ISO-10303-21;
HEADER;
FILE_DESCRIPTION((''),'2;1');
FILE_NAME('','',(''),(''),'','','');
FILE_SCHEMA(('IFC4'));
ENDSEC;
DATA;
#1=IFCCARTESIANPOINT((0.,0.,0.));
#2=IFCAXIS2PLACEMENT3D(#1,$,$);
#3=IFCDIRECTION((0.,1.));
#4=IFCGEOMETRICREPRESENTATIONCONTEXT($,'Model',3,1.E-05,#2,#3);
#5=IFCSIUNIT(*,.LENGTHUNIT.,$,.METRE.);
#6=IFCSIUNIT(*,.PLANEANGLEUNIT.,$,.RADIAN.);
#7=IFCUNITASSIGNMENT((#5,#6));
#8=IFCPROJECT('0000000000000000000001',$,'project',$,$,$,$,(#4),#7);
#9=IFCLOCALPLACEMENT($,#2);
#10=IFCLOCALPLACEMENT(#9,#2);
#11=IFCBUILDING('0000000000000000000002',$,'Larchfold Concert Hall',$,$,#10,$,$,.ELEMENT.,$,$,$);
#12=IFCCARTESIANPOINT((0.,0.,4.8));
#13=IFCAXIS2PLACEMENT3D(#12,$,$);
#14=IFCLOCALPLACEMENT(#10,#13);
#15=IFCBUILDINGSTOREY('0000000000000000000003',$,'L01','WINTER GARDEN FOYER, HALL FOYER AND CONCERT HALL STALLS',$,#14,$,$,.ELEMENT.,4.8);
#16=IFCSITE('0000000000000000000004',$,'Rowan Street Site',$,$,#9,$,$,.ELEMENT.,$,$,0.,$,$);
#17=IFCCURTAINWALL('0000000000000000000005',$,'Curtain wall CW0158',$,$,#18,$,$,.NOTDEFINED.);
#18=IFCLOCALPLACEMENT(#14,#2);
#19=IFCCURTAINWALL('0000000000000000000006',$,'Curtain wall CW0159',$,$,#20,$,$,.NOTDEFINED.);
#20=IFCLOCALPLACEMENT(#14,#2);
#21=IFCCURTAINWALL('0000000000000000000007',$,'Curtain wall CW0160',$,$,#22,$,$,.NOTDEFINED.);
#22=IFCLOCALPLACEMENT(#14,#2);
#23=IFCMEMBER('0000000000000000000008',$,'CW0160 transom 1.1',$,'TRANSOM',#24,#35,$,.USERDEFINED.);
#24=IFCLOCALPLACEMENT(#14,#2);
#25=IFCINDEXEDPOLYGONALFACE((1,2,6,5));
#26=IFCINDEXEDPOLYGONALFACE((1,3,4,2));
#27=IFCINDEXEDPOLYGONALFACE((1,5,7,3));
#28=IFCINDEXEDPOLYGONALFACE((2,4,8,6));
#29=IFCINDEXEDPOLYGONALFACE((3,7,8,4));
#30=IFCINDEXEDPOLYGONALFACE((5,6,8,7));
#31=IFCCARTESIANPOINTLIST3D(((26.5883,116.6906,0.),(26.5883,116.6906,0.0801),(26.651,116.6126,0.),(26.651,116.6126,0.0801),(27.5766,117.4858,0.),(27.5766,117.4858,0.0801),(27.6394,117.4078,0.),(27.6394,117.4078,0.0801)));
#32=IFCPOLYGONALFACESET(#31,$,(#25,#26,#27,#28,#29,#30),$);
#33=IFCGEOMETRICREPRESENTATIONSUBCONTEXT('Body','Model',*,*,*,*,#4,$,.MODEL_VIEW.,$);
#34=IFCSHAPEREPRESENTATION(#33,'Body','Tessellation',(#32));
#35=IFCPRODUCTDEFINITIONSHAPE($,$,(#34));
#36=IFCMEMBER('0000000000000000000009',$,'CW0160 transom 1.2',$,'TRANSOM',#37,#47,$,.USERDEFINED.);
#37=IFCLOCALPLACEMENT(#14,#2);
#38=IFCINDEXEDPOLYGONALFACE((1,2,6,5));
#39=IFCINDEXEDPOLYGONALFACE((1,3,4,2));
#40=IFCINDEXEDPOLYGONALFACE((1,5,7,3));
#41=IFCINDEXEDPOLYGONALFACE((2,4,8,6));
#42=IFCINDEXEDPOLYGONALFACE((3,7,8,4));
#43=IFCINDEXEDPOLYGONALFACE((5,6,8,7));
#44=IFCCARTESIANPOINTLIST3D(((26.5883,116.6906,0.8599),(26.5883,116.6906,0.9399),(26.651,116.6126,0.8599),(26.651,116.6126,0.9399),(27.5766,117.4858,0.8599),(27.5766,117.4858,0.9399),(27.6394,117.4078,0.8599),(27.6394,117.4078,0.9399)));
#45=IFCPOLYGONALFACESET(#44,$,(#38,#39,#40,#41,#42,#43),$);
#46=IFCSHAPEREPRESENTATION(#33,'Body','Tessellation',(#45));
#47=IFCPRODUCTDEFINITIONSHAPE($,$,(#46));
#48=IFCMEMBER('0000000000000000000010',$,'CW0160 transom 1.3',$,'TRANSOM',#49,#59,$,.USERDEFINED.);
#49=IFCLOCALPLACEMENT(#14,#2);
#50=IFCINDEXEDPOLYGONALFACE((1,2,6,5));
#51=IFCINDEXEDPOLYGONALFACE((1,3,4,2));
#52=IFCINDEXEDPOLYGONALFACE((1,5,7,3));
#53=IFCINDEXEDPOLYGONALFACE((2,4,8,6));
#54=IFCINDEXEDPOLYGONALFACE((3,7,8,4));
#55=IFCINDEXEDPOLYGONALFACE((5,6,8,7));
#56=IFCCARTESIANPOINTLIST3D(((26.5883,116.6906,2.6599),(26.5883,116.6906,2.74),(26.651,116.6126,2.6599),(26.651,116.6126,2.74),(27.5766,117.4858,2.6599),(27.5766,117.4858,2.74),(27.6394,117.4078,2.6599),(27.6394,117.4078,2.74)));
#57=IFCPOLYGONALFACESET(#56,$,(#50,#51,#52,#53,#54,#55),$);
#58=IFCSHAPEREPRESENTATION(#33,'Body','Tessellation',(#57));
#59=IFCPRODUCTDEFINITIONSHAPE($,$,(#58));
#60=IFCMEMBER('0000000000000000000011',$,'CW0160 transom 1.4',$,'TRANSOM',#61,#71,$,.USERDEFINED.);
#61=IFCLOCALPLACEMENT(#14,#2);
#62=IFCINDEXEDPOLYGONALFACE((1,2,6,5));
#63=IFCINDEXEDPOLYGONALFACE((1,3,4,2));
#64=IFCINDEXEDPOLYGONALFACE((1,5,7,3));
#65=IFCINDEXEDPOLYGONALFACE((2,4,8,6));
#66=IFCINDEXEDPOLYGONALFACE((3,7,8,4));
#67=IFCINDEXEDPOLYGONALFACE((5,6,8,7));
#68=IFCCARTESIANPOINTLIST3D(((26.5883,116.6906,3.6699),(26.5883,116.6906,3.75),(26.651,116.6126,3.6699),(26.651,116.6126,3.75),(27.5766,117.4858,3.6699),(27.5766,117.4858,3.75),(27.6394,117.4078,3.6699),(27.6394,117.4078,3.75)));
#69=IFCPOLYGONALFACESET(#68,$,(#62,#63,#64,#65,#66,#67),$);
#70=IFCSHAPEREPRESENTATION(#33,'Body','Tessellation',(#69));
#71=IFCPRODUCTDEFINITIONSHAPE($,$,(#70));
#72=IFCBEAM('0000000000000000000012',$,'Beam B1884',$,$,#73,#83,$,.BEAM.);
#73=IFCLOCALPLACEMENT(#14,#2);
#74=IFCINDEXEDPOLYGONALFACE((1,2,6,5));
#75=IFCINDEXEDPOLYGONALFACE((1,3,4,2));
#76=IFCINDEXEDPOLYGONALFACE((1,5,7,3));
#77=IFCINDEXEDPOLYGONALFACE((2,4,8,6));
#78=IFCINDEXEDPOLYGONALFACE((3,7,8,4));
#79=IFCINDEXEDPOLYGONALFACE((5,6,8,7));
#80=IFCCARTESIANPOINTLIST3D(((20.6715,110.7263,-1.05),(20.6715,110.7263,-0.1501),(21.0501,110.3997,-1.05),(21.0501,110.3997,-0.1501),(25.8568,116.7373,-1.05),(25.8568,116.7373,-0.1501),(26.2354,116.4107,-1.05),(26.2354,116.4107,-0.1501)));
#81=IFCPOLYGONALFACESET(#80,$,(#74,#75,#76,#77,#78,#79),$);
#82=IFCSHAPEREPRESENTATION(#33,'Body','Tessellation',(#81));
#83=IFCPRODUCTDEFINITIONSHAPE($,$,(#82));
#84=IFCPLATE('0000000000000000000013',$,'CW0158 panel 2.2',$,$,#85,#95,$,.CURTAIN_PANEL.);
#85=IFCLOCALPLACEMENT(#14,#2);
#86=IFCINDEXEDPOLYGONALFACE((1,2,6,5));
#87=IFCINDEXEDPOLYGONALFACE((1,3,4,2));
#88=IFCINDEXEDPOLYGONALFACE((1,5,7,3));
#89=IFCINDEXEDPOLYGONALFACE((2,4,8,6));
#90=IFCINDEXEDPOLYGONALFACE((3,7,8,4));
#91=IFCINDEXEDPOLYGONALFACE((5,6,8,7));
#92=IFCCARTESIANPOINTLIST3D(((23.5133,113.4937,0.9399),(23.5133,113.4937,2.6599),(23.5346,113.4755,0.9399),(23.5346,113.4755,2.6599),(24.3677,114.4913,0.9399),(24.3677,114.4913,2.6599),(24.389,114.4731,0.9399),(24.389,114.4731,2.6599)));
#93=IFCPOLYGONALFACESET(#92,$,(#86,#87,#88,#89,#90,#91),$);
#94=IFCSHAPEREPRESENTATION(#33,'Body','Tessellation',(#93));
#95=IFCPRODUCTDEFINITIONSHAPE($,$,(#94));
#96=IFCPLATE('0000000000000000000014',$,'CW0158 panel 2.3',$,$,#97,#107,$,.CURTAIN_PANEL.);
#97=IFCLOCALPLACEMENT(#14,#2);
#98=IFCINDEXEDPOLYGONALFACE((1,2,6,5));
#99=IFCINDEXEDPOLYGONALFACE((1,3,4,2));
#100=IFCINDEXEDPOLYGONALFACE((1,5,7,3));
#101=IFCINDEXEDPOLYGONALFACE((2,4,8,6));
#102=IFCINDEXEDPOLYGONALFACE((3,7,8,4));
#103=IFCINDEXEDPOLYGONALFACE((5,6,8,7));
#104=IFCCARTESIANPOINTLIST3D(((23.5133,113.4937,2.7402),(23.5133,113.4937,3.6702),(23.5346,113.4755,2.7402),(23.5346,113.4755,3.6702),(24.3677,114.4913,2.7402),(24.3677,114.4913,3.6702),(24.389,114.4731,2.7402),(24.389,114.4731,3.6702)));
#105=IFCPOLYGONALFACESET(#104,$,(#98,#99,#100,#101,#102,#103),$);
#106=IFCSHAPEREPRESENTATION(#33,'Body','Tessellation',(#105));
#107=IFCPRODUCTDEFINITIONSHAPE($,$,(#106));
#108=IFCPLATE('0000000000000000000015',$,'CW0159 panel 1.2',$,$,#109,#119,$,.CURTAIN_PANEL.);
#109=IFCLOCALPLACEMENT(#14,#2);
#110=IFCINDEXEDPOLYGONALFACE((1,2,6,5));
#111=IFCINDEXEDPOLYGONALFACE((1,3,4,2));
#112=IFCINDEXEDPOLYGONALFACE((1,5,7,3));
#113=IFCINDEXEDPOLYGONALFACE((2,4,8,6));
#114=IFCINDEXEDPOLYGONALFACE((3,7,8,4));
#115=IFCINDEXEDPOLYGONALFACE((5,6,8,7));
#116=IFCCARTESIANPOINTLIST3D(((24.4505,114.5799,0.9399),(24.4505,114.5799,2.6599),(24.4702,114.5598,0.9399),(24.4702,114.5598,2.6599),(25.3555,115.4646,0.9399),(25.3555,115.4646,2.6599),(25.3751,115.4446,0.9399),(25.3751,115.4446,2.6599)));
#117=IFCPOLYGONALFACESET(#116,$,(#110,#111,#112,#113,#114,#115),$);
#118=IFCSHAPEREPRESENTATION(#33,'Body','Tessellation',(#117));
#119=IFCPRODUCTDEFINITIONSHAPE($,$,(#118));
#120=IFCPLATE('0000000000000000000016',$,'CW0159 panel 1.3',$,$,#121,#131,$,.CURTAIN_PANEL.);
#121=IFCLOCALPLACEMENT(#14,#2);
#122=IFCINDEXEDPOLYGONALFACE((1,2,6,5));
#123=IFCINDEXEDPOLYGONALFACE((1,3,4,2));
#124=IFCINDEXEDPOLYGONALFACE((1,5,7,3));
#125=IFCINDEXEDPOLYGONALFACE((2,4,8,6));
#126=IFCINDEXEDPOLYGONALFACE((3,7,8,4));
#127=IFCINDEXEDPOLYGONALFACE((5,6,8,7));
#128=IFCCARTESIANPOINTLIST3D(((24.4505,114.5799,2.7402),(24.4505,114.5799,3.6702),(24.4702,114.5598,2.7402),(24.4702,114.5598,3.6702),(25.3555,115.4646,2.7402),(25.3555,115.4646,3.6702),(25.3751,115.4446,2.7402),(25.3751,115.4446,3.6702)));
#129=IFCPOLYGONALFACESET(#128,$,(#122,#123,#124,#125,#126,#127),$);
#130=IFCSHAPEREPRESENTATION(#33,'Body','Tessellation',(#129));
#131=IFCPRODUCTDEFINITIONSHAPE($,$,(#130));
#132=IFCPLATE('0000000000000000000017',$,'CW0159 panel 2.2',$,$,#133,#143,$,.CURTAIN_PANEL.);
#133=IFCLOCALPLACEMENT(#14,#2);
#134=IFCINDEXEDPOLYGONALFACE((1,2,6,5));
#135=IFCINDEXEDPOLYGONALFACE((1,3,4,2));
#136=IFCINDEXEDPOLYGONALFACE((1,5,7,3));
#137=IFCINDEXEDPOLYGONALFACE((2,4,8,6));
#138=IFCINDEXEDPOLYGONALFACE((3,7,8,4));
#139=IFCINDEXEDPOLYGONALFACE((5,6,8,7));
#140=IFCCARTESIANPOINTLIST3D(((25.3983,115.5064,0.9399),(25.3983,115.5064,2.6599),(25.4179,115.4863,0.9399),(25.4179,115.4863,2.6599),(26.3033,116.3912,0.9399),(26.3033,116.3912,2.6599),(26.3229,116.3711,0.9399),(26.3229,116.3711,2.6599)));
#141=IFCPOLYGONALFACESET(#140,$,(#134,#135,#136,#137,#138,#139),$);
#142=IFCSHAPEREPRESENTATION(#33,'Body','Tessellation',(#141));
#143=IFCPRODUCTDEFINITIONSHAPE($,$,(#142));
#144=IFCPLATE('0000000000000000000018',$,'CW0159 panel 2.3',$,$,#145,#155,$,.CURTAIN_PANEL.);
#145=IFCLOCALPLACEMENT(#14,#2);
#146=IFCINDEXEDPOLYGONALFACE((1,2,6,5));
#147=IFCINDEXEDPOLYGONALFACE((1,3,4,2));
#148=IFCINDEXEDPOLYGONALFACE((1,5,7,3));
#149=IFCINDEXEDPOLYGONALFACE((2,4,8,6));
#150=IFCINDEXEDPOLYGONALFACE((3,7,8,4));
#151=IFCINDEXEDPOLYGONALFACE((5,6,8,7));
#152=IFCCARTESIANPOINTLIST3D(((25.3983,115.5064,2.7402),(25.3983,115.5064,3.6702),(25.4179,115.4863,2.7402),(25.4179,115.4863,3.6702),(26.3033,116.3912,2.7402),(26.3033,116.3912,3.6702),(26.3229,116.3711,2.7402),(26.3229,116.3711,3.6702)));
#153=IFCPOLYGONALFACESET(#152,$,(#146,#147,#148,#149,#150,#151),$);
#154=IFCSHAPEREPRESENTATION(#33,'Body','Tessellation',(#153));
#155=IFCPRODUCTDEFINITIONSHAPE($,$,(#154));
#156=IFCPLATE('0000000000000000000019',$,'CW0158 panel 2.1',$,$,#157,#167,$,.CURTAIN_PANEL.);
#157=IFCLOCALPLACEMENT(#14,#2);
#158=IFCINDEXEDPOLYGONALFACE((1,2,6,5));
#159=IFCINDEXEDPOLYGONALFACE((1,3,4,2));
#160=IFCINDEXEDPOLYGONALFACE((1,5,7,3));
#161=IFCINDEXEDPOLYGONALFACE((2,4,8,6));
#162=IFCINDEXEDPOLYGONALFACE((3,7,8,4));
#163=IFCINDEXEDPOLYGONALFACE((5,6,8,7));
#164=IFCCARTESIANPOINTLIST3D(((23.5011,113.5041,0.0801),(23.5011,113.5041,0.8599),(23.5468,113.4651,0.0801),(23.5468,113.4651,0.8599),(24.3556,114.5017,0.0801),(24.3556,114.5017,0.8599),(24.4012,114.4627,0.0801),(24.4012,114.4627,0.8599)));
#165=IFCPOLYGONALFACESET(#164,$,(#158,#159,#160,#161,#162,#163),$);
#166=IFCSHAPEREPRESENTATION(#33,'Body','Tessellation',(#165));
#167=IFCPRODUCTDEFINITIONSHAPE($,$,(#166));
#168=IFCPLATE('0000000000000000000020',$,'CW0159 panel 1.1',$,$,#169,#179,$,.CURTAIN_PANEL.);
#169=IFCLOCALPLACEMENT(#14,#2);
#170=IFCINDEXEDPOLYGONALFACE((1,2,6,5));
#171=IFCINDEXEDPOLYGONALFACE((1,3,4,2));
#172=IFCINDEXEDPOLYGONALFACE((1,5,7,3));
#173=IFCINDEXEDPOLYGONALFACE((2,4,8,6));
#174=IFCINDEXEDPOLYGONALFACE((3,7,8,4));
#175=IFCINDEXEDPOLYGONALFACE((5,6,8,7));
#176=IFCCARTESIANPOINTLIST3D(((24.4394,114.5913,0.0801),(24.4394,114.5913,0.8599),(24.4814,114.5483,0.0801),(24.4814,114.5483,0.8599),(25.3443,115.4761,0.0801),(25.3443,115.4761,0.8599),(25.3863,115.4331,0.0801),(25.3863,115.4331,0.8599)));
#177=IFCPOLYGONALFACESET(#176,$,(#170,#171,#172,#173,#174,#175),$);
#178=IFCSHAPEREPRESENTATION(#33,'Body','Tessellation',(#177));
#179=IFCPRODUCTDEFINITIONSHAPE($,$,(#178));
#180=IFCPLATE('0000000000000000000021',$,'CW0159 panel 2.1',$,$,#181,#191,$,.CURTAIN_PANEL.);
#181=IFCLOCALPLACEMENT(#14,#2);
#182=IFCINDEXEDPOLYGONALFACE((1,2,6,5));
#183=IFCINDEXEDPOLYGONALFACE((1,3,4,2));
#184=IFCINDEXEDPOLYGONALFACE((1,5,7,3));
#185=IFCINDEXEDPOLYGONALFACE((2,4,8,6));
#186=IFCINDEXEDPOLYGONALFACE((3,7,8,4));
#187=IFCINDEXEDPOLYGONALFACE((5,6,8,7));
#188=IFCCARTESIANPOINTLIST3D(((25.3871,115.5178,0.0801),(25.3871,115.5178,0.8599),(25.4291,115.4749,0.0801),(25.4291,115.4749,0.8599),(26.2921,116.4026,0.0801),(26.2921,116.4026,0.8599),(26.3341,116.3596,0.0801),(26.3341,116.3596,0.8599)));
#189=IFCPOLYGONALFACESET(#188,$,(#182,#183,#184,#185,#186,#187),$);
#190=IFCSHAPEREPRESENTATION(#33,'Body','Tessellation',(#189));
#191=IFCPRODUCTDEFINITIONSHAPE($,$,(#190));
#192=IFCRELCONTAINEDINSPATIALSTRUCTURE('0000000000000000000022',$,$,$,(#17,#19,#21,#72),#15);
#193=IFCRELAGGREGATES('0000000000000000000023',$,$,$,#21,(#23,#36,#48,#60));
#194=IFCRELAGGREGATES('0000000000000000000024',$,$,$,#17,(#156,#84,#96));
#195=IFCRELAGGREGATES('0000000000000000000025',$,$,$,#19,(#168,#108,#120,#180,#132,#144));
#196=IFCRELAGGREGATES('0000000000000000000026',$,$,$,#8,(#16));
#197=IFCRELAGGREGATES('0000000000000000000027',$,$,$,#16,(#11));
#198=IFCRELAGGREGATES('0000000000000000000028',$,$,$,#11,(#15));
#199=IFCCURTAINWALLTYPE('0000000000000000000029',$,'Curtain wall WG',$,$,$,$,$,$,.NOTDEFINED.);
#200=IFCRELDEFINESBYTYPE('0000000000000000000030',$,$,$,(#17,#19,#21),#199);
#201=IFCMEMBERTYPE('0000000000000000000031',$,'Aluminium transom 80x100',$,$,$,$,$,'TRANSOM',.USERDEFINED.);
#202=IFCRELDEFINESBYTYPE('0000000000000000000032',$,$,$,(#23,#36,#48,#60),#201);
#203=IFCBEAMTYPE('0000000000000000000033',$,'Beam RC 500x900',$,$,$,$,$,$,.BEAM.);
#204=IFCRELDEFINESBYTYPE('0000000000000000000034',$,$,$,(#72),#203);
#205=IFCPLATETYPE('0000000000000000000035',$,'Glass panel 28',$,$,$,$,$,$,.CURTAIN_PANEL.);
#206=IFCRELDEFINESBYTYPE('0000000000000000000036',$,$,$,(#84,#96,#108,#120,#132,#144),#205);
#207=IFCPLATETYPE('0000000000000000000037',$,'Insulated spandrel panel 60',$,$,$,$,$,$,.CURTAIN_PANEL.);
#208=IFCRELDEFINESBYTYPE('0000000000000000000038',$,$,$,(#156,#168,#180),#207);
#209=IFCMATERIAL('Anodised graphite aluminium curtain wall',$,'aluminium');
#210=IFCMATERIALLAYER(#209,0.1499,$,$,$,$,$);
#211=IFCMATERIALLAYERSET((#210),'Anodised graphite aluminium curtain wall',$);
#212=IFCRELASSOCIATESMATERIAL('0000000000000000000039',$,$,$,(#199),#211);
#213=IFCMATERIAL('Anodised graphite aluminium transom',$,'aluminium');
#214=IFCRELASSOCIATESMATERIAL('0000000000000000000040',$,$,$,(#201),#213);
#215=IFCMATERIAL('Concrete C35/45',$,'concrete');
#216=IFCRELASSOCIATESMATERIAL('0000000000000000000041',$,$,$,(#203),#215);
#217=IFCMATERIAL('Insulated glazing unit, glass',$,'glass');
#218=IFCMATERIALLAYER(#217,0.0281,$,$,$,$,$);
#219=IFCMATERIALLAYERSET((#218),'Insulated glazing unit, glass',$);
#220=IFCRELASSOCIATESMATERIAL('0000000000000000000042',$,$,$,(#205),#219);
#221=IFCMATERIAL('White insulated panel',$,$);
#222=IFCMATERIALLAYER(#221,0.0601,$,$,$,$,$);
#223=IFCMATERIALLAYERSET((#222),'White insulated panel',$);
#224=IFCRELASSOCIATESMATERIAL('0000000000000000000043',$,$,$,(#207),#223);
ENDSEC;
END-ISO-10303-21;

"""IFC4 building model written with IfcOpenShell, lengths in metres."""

from ifc_helpers import new_model, si_unit, direction, frame, origin, origin_2d, place, context, subcontext, project, spatial, rectangle, extrude, material, layer, layer_set, material_profile, profile_set, type_object, element, aggregate, save


model = new_model("IFC4")

# Units and contexts
model_context = context("Model", 3, precision=1e-05, world=origin(), true_north=direction((0.0, 1.0)))
body_context = subcontext(model_context, "Body", "Model", "MODEL_VIEW")
ifc_project = project(units=[si_unit("LENGTHUNIT", "METRE"), si_unit("PLANEANGLEUNIT", "RADIAN")], contexts=[model_context])

# Site, building, storey
site_placement = place(None, origin())
site = spatial("IfcSite", under=ifc_project, at=site_placement, Name="Rowan Street Site", CompositionType="ELEMENT", RefElevation=0.0)
building_placement = place(site_placement, origin())
building = spatial("IfcBuilding", under=site, at=building_placement, Name="Larchfold Concert Hall", CompositionType="ELEMENT")
storey_placement = place(building_placement, frame((0.0, 0.0, 4.8)))
storey = spatial("IfcBuildingStorey", under=building, at=storey_placement, Name="L01", Description="WINTER GARDEN FOYER, HALL FOYER AND CONCERT HALL STALLS", CompositionType="ELEMENT", Elevation=4.8)

# Curtain wall
ifc_material_1 = material(Name="Anodised graphite aluminium curtain wall", Category="aluminium")
ifc_layer_1 = layer(ifc_material_1, 0.1499)
ifc_layer_set_1 = layer_set([ifc_layer_1], Name="Anodised graphite aluminium curtain wall")
curtain_wall_type = type_object("IfcCurtainWallType", Name="Curtain wall WG", PredefinedType="NOTDEFINED", material=ifc_layer_set_1)
curtain_wall_1_placement = place(storey_placement, origin())
curtain_wall_1 = element("IfcCurtainWall", 1, at=curtain_wall_1_placement, inside=storey, type_object=curtain_wall_type, Name="Curtain wall CW0158", PredefinedType="NOTDEFINED")

# Curtain wall
curtain_wall_2_placement = place(storey_placement, origin())
curtain_wall_2 = element("IfcCurtainWall", 2, at=curtain_wall_2_placement, inside=storey, type_object=curtain_wall_type, Name="Curtain wall CW0159", PredefinedType="NOTDEFINED")

# Curtain wall
curtain_wall_3_placement = place(storey_placement, origin())
curtain_wall_3 = element("IfcCurtainWall", 3, at=curtain_wall_3_placement, inside=storey, type_object=curtain_wall_type, Name="Curtain wall CW0160", PredefinedType="NOTDEFINED")

# Members
ifc_material_2 = material(Name="Anodised graphite aluminium transom", Category="aluminium")
ifc_material_profile_1 = material_profile(ifc_material_2, rectangle(XDim=0.1001, YDim=0.0801, at=origin_2d()))
ifc_profile_set_1 = profile_set([ifc_material_profile_1], Name="Anodised graphite aluminium transom")
member_type_1 = type_object("IfcMemberType", Name="Aluminium transom 80x100", ElementType="TRANSOM", PredefinedType="USERDEFINED", material=ifc_profile_set_1)
member_1_placement = place(storey_placement, frame((26.6196, 116.6516, 0.04), z_axis=(0.779119, 0.626876, 0.0), x_axis=(-0.626876, 0.779119, 0.0)))
member_1 = element("IfcMember", 4, at=member_1_placement, type_object=member_type_1, Name="CW0160 transom 1.1", ObjectType="TRANSOM", PredefinedType="USERDEFINED", context=body_context, shape_type="SweptSolid", body=[
    extrude(rectangle(XDim=0.1001, YDim=0.0801, at=origin_2d()), origin(), (0.0, 0.0, 1.0), 1.2686),
])
member_2_placement = place(storey_placement, frame((26.6196, 116.6516, 0.8999), z_axis=(0.779119, 0.626876, 0.0), x_axis=(-0.626876, 0.779119, 0.0)))
member_2 = element("IfcMember", 5, at=member_2_placement, type_object=member_type_1, Name="CW0160 transom 1.2", ObjectType="TRANSOM", PredefinedType="USERDEFINED", context=body_context, shape_type="SweptSolid", body=[
    extrude(rectangle(XDim=0.1001, YDim=0.0801, at=origin_2d()), origin(), (0.0, 0.0, 1.0), 1.2686),
])
member_3_placement = place(storey_placement, frame((26.6196, 116.6516, 2.7), z_axis=(0.779119, 0.626876, 0.0), x_axis=(-0.626876, 0.779119, 0.0)))
member_3 = element("IfcMember", 6, at=member_3_placement, type_object=member_type_1, Name="CW0160 transom 1.3", ObjectType="TRANSOM", PredefinedType="USERDEFINED", context=body_context, shape_type="SweptSolid", body=[
    extrude(rectangle(XDim=0.1001, YDim=0.0801, at=origin_2d()), origin(), (0.0, 0.0, 1.0), 1.2686),
])
member_4_placement = place(storey_placement, frame((26.6196, 116.6516, 3.71), z_axis=(0.779119, 0.626876, 0.0), x_axis=(-0.626876, 0.779119, 0.0)))
member_4 = element("IfcMember", 7, at=member_4_placement, type_object=member_type_1, Name="CW0160 transom 1.4", ObjectType="TRANSOM", PredefinedType="USERDEFINED", context=body_context, shape_type="SweptSolid", body=[
    extrude(rectangle(XDim=0.1001, YDim=0.0801, at=origin_2d()), origin(), (0.0, 0.0, 1.0), 1.2686),
])
aggregate(curtain_wall_3, [member_1, member_2, member_3, member_4])

# Beam
ifc_material_3 = material(Name="Concrete C35/45", Category="concrete")
ifc_material_profile_2 = material_profile(ifc_material_3, rectangle(XDim=0.5, YDim=0.8999, at=origin_2d()))
ifc_profile_set_2 = profile_set([ifc_material_profile_2], Name="Concrete C35/45")
beam_type = type_object("IfcBeamType", Name="Beam RC 500x900", PredefinedType="BEAM", material=ifc_profile_set_2)
beam_placement = place(storey_placement, frame((26.0461, 116.574, -0.6001), z_axis=(-0.653187, -0.757197, 0.0), x_axis=(0.757197, -0.653187, 0.0)))
element("IfcBeam", 8, at=beam_placement, inside=storey, type_object=beam_type, Name="Beam B1884", PredefinedType="BEAM", context=body_context, shape_type="SweptSolid", body=[
    extrude(rectangle(XDim=0.5, YDim=0.8999, at=origin_2d()), origin(), (0.0, 0.0, 1.0), 7.9385),
])

# Plates
ifc_material_4 = material(Name="Insulated glazing unit, glass", Category="glass")
ifc_layer_2 = layer(ifc_material_4, 0.0281)
ifc_layer_set_2 = layer_set([ifc_layer_2], Name="Insulated glazing unit, glass")
plate_type_1 = type_object("IfcPlateType", Name="Glass panel 28", PredefinedType="CURTAIN_PANEL", material=ifc_layer_set_2)
plate_1_placement = place(storey_placement, frame((23.9512, 113.9834, 0.9399), z_axis=(0.0, 0.0, 1.0), x_axis=(0.650512, 0.759496, 0.0)))
plate_1 = element("IfcPlate", 9, at=plate_1_placement, type_object=plate_type_1, Name="CW0158 panel 2.2", PredefinedType="CURTAIN_PANEL", context=body_context, shape_type="SweptSolid", body=[
    extrude(rectangle(XDim=1.3135, YDim=0.0281, at=origin_2d()), origin(), (0.0, 0.0, 1.0), 1.72),
])
plate_2_placement = place(storey_placement, frame((23.9512, 113.9834, 2.7402), z_axis=(0.0, 0.0, 1.0), x_axis=(0.650512, 0.759496, 0.0)))
plate_2 = element("IfcPlate", 10, at=plate_2_placement, type_object=plate_type_1, Name="CW0158 panel 2.3", PredefinedType="CURTAIN_PANEL", context=body_context, shape_type="SweptSolid", body=[
    extrude(rectangle(XDim=1.3135, YDim=0.0281, at=origin_2d()), origin(), (0.0, 0.0, 1.0), 0.9299),
])
plate_3_placement = place(storey_placement, frame((24.9128, 115.0122, 0.9399), z_axis=(0.0, 0.0, 1.0), x_axis=(0.715032, 0.699092, 0.0)))
plate_3 = element("IfcPlate", 11, at=plate_3_placement, type_object=plate_type_1, Name="CW0159 panel 1.2", PredefinedType="CURTAIN_PANEL", context=body_context, shape_type="SweptSolid", body=[
    extrude(rectangle(XDim=1.2656, YDim=0.0281, at=origin_2d()), origin(), (0.0, 0.0, 1.0), 1.72),
])
plate_4_placement = place(storey_placement, frame((24.9128, 115.0122, 2.7402), z_axis=(0.0, 0.0, 1.0), x_axis=(0.715032, 0.699092, 0.0)))
plate_4 = element("IfcPlate", 12, at=plate_4_placement, type_object=plate_type_1, Name="CW0159 panel 1.3", PredefinedType="CURTAIN_PANEL", context=body_context, shape_type="SweptSolid", body=[
    extrude(rectangle(XDim=1.2656, YDim=0.0281, at=origin_2d()), origin(), (0.0, 0.0, 1.0), 0.9299),
])
plate_5_placement = place(storey_placement, frame((25.8606, 115.9387, 0.9399), z_axis=(0.0, 0.0, 1.0), x_axis=(0.715032, 0.699092, 0.0)))
plate_5 = element("IfcPlate", 13, at=plate_5_placement, type_object=plate_type_1, Name="CW0159 panel 2.2", PredefinedType="CURTAIN_PANEL", context=body_context, shape_type="SweptSolid", body=[
    extrude(rectangle(XDim=1.2656, YDim=0.0281, at=origin_2d()), origin(), (0.0, 0.0, 1.0), 1.72),
])
plate_6_placement = place(storey_placement, frame((25.8606, 115.9387, 2.7402), z_axis=(0.0, 0.0, 1.0), x_axis=(0.715032, 0.699092, 0.0)))
plate_6 = element("IfcPlate", 14, at=plate_6_placement, type_object=plate_type_1, Name="CW0159 panel 2.3", PredefinedType="CURTAIN_PANEL", context=body_context, shape_type="SweptSolid", body=[
    extrude(rectangle(XDim=1.2656, YDim=0.0281, at=origin_2d()), origin(), (0.0, 0.0, 1.0), 0.9299),
])
ifc_material_5 = material(Name="White insulated panel")
ifc_layer_3 = layer(ifc_material_5, 0.0601)
ifc_layer_set_3 = layer_set([ifc_layer_3], Name="White insulated panel")
plate_type_2 = type_object("IfcPlateType", Name="Insulated spandrel panel 60", PredefinedType="CURTAIN_PANEL", material=ifc_layer_set_3)
plate_7_placement = place(storey_placement, frame((23.9512, 113.9834, 0.0801), z_axis=(0.0, 0.0, 1.0), x_axis=(0.650512, 0.759496, 0.0)))
plate_7 = element("IfcPlate", 15, at=plate_7_placement, type_object=plate_type_2, Name="CW0158 panel 2.1", PredefinedType="CURTAIN_PANEL", context=body_context, shape_type="SweptSolid", body=[
    extrude(rectangle(XDim=1.3135, YDim=0.0601, at=origin_2d()), origin(), (0.0, 0.0, 1.0), 0.7798),
])
aggregate(curtain_wall_1, [plate_7, plate_1, plate_2])
plate_8_placement = place(storey_placement, frame((24.9128, 115.0122, 0.0801), z_axis=(0.0, 0.0, 1.0), x_axis=(0.715032, 0.699092, 0.0)))
plate_8 = element("IfcPlate", 16, at=plate_8_placement, type_object=plate_type_2, Name="CW0159 panel 1.1", PredefinedType="CURTAIN_PANEL", context=body_context, shape_type="SweptSolid", body=[
    extrude(rectangle(XDim=1.2656, YDim=0.0601, at=origin_2d()), origin(), (0.0, 0.0, 1.0), 0.7798),
])
plate_9_placement = place(storey_placement, frame((25.8606, 115.9387, 0.0801), z_axis=(0.0, 0.0, 1.0), x_axis=(0.715032, 0.699092, 0.0)))
plate_9 = element("IfcPlate", 17, at=plate_9_placement, type_object=plate_type_2, Name="CW0159 panel 2.1", PredefinedType="CURTAIN_PANEL", context=body_context, shape_type="SweptSolid", body=[
    extrude(rectangle(XDim=1.2656, YDim=0.0601, at=origin_2d()), origin(), (0.0, 0.0, 1.0), 0.7798),
])
aggregate(curtain_wall_2, [plate_8, plate_3, plate_4, plate_9, plate_5, plate_6])

save(model, "model.ifc")
